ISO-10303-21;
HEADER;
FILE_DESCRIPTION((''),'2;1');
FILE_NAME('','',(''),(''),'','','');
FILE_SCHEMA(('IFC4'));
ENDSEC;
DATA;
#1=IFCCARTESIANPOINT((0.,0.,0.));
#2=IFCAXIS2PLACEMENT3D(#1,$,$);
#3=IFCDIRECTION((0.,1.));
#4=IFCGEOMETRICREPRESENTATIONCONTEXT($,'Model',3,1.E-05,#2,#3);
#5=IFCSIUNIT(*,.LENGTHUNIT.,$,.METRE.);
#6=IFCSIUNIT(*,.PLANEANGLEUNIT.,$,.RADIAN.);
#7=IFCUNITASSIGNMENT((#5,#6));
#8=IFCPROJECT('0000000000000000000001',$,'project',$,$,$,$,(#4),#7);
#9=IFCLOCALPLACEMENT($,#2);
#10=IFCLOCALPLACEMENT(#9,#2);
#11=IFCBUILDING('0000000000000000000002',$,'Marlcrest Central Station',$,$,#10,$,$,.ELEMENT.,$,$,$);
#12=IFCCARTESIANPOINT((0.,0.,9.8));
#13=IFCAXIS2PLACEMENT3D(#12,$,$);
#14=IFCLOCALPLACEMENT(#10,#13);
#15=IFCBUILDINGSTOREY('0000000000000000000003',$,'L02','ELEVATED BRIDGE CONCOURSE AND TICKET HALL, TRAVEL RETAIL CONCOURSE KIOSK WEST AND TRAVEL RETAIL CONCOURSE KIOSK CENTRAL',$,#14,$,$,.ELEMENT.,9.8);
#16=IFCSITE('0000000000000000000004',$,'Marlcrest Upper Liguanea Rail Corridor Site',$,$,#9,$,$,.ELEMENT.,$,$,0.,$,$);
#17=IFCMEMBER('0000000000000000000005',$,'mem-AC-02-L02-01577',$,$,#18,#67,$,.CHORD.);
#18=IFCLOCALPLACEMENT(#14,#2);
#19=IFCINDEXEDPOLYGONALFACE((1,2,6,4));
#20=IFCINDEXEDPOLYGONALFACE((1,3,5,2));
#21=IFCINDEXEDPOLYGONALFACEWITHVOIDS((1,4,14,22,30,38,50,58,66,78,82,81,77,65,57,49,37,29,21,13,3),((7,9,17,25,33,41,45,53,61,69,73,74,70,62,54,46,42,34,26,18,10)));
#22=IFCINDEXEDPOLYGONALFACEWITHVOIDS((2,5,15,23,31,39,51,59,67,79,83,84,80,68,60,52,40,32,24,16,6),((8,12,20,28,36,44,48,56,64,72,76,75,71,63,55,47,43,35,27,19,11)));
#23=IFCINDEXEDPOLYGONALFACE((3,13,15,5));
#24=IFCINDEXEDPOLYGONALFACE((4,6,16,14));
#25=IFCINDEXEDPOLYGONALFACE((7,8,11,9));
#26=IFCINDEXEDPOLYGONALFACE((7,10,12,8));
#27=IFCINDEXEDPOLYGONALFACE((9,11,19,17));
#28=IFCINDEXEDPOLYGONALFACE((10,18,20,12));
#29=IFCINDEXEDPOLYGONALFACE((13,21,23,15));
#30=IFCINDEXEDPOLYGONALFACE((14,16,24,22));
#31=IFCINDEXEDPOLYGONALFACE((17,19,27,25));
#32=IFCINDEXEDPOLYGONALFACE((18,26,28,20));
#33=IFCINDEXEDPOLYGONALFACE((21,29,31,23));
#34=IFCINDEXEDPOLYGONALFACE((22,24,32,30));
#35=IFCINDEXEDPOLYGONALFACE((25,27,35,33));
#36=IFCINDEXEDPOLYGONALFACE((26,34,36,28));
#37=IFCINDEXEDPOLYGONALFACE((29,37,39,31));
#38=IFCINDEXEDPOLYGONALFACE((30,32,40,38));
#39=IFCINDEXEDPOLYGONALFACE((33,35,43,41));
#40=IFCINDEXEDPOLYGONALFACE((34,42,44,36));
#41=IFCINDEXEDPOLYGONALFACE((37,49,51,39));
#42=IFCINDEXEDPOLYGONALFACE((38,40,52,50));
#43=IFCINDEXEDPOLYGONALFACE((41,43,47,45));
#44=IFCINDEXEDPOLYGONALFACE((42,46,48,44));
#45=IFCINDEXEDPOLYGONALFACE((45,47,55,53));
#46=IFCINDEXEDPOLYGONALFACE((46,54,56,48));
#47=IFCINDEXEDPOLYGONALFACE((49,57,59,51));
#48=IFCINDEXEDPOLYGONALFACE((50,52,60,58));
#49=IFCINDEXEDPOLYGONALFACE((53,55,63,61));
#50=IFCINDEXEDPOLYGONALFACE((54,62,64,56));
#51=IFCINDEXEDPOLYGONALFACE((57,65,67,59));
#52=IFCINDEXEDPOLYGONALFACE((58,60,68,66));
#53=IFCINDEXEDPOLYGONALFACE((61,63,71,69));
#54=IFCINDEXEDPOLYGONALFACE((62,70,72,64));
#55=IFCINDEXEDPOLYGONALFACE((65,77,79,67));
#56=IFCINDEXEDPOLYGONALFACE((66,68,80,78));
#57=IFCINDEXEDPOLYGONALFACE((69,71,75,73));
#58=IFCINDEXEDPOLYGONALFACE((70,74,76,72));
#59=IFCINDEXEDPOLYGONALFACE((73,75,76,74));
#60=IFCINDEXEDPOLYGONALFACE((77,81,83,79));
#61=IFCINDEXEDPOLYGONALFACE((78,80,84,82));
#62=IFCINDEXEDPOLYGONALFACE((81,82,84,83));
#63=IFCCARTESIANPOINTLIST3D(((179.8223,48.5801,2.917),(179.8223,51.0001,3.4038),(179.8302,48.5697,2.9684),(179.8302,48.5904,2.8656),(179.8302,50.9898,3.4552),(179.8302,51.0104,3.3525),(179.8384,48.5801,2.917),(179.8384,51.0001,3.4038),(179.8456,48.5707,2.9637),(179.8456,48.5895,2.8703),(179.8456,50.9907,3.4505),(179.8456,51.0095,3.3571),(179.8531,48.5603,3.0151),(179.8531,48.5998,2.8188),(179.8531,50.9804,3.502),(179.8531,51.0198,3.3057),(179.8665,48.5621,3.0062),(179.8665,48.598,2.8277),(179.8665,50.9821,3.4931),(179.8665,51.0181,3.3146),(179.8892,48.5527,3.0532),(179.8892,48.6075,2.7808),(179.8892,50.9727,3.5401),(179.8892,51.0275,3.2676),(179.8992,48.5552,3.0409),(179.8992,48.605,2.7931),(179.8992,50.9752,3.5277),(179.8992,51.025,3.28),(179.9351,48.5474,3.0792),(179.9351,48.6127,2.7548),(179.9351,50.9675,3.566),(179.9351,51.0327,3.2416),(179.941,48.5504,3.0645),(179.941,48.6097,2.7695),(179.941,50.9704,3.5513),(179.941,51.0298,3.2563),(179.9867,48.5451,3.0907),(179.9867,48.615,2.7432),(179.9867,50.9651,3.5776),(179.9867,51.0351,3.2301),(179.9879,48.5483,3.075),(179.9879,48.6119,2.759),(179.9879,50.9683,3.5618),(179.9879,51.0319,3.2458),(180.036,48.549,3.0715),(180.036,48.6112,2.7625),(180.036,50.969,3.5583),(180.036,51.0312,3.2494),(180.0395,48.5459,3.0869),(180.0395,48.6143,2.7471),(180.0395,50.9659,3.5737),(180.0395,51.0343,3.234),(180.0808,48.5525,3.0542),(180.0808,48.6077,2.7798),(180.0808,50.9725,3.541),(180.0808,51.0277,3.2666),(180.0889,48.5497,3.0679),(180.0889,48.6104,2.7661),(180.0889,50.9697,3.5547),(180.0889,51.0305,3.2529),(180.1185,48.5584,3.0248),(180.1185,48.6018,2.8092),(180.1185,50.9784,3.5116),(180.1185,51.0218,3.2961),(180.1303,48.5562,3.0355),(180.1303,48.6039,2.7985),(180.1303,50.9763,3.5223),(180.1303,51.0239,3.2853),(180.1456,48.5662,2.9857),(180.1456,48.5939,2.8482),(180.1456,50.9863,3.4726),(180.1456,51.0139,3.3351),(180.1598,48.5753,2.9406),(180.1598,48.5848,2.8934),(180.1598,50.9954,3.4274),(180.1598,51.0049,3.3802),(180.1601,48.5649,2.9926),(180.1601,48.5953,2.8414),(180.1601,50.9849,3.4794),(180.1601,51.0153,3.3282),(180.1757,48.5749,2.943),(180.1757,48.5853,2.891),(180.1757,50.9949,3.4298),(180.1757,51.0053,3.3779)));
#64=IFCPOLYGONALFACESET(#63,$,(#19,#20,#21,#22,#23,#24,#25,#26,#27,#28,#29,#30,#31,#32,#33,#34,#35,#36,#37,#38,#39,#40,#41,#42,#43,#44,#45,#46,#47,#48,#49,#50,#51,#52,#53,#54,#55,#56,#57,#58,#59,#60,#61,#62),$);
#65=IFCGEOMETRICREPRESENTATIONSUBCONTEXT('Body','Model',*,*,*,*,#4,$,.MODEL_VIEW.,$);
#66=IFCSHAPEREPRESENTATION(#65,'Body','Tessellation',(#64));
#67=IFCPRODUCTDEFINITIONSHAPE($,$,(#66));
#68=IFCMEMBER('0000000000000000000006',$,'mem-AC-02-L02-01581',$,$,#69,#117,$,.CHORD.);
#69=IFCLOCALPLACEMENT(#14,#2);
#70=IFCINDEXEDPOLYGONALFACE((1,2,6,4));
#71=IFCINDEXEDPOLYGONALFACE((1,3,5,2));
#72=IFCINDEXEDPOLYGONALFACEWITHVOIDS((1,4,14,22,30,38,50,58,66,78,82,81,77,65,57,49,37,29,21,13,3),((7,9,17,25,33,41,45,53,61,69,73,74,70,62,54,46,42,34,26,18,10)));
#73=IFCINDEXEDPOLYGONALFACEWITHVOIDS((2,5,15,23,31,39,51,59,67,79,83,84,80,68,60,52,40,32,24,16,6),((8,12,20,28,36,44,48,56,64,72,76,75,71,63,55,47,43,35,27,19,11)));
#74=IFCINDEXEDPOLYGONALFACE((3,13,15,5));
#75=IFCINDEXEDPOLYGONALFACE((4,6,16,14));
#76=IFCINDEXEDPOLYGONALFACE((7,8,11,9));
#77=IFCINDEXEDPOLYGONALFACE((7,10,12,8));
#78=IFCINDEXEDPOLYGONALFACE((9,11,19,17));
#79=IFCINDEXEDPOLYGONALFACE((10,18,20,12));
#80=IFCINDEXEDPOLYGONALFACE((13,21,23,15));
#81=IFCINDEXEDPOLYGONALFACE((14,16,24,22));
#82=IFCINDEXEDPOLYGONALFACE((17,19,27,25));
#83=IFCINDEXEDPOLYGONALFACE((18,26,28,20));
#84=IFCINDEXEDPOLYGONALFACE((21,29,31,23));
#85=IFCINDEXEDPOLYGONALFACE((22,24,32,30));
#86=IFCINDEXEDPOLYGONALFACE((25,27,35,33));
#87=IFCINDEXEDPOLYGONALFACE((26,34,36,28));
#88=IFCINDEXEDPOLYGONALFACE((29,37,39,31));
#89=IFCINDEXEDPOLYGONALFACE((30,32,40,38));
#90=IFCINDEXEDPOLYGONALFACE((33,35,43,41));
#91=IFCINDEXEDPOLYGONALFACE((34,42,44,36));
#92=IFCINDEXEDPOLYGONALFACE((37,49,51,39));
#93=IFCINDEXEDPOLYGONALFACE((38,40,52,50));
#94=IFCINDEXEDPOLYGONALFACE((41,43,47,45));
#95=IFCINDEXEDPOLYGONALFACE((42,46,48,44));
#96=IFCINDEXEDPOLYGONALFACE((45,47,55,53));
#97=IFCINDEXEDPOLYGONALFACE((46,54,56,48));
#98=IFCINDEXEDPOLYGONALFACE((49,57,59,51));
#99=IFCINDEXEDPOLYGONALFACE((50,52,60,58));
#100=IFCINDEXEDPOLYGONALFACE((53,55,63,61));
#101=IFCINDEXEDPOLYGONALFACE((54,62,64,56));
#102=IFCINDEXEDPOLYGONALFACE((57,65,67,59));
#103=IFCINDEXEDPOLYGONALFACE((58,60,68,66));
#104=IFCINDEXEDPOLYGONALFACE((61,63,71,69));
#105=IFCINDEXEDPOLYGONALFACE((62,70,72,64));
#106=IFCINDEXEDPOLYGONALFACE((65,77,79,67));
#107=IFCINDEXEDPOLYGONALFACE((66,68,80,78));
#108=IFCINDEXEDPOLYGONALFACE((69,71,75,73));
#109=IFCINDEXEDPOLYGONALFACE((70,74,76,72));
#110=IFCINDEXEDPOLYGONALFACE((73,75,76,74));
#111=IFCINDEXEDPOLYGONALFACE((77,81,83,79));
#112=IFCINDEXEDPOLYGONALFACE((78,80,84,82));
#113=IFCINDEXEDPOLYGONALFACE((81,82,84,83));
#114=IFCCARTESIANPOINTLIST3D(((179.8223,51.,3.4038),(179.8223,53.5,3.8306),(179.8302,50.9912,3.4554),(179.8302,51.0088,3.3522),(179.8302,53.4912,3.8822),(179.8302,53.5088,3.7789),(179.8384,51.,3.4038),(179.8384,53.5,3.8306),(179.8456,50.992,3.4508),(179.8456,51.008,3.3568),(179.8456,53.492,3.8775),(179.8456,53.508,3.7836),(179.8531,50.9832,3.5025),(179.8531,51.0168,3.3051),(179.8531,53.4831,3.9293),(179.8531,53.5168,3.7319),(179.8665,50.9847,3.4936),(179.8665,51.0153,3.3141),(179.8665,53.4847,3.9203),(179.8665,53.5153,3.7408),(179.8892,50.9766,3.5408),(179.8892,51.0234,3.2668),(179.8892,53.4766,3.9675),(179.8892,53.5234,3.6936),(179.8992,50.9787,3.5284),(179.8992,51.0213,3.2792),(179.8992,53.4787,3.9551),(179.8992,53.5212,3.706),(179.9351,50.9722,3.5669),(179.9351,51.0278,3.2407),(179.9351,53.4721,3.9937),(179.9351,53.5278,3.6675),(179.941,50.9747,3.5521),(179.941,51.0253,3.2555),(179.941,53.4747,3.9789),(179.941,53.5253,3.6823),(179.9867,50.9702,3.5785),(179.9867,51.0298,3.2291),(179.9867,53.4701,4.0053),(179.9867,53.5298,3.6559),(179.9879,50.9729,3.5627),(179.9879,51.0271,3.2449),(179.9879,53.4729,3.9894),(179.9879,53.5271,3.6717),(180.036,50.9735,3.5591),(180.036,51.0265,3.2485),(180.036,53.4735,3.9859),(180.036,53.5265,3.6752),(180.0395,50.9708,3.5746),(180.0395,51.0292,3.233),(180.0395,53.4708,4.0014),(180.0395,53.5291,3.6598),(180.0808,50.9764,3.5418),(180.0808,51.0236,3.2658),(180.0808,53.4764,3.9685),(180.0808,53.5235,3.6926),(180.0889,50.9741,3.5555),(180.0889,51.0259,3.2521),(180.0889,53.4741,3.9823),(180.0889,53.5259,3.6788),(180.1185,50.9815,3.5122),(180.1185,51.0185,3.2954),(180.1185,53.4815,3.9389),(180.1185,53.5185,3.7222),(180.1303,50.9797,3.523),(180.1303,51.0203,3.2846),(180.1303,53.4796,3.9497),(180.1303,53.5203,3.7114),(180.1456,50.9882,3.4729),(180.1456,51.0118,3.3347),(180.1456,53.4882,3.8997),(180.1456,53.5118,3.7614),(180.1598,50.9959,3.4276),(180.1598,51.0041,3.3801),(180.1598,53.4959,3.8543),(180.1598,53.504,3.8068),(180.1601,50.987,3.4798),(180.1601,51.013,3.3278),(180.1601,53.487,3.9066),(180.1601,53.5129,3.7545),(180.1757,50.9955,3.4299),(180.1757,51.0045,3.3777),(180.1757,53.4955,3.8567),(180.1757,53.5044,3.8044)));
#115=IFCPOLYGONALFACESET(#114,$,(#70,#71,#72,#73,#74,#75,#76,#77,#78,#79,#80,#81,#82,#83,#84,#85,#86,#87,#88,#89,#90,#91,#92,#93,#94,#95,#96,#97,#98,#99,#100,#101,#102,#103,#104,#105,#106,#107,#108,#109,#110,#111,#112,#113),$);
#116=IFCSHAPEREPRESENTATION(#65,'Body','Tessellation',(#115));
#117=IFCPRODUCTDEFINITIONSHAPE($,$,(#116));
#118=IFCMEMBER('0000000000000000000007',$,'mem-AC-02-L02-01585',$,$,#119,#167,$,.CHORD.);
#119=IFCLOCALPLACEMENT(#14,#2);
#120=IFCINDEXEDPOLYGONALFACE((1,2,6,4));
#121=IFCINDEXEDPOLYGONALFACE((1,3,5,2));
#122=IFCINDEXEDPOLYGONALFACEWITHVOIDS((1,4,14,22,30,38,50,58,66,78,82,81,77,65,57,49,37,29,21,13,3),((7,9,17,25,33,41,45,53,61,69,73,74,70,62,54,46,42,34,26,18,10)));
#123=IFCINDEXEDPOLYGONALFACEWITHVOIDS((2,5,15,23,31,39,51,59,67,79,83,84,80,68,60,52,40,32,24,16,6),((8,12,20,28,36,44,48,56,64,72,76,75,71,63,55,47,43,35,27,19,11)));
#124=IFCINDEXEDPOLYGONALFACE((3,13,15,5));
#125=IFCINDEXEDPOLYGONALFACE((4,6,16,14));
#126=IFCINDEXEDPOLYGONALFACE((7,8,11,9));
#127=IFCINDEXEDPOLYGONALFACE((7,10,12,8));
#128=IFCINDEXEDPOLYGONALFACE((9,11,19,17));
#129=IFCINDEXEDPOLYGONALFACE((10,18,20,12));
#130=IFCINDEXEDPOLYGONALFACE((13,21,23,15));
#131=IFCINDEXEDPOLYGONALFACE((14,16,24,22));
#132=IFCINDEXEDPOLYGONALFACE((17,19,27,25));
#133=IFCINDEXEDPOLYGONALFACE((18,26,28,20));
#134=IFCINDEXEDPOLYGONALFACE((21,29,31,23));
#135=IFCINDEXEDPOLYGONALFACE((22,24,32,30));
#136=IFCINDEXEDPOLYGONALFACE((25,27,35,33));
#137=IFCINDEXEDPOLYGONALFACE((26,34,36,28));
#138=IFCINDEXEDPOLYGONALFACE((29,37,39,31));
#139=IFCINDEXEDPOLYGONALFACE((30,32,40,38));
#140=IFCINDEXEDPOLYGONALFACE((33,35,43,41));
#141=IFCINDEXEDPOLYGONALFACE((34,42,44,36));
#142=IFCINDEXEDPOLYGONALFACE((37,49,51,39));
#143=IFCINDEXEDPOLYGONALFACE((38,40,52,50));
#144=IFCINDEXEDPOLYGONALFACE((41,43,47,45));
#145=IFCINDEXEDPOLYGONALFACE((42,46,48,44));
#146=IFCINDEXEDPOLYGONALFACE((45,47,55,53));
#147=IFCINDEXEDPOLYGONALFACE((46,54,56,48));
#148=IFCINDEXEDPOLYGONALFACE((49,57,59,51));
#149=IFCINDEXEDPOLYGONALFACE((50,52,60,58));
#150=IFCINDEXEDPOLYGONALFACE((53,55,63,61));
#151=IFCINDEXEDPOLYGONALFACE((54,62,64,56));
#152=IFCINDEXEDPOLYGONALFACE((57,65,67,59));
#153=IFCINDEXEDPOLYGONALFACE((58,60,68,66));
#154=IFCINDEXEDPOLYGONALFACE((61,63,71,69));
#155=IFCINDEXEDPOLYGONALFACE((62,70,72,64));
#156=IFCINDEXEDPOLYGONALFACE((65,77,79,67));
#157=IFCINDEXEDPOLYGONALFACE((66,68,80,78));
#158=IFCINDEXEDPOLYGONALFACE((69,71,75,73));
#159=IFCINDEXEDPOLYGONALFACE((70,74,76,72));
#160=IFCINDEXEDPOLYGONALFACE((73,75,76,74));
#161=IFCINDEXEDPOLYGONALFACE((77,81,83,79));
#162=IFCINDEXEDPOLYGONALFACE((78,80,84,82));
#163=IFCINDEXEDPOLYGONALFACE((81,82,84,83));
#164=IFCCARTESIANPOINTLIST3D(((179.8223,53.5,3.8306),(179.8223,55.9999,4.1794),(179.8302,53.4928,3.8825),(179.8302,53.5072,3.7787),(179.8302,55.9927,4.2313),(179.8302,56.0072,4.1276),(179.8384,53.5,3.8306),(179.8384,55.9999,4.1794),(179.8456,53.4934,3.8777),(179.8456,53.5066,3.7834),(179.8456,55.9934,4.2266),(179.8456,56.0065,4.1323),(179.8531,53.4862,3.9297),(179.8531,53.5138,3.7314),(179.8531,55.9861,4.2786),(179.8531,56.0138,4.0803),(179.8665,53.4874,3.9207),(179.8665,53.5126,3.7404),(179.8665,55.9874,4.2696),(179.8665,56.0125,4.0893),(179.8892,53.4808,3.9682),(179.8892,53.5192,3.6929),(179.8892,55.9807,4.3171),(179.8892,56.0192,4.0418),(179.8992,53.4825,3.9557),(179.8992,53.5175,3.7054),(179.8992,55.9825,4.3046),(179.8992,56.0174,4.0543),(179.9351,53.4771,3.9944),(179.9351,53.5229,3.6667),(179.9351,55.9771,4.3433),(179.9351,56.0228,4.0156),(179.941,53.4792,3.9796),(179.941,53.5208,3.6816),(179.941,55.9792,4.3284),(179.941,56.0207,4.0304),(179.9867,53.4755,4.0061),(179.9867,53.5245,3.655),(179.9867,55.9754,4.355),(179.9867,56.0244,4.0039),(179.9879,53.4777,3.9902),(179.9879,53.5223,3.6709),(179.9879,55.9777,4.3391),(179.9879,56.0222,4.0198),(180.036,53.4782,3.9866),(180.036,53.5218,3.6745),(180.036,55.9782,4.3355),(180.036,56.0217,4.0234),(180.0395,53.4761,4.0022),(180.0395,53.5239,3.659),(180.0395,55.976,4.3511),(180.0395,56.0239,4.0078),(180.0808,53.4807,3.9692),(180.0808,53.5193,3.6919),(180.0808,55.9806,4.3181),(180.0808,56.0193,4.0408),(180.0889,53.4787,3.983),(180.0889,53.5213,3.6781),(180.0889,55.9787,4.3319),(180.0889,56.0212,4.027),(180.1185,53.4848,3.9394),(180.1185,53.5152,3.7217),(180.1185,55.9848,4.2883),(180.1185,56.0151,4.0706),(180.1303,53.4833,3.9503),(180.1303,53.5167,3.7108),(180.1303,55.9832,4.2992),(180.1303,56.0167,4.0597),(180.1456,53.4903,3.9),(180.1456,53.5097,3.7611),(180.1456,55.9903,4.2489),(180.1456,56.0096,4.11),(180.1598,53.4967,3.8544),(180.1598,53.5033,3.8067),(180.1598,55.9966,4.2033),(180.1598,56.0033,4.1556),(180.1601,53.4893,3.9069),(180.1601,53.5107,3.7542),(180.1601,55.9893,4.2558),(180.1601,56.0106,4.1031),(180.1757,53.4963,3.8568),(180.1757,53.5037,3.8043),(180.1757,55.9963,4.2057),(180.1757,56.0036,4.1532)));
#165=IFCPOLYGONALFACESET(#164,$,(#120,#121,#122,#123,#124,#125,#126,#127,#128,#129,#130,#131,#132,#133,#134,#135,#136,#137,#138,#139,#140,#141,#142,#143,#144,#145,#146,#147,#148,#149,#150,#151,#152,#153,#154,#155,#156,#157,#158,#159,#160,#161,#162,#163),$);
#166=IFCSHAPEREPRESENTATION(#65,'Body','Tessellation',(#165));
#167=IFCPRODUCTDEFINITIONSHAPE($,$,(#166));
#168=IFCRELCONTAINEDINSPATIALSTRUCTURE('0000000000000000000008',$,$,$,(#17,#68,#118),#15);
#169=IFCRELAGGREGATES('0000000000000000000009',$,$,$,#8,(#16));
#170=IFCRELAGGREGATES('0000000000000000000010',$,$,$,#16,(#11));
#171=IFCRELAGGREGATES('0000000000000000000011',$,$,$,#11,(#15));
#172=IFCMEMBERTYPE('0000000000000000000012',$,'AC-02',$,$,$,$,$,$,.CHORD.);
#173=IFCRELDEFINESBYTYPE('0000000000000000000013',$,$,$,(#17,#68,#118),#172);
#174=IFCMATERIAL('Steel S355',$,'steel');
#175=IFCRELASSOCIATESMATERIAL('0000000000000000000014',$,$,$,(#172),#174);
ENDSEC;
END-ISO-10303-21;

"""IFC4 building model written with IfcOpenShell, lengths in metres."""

from ifc_helpers import new_model, si_unit, direction, frame, origin, origin_2d, place, context, subcontext, project, spatial, hollow_circle, extrude, material, material_profile, profile_set, type_object, element, save


model = new_model("IFC4")

# Units and contexts
model_context = context("Model", 3, precision=1e-05, world=origin(), true_north=direction((0.0, 1.0)))
body_context = subcontext(model_context, "Body", "Model", "MODEL_VIEW")
ifc_project = project(units=[si_unit("LENGTHUNIT", "METRE"), si_unit("PLANEANGLEUNIT", "RADIAN")], contexts=[model_context])

# Site, building, storey
site_placement = place(None, origin())
site = spatial("IfcSite", under=ifc_project, at=site_placement, Name="Marlcrest Upper Liguanea Rail Corridor Site", CompositionType="ELEMENT", RefElevation=0.0)
building_placement = place(site_placement, origin())
building = spatial("IfcBuilding", under=site, at=building_placement, Name="Marlcrest Central Station", CompositionType="ELEMENT")
storey_placement = place(building_placement, frame((0.0, 0.0, 9.8)))
storey = spatial("IfcBuildingStorey", under=building, at=storey_placement, Name="L02", Description="ELEVATED BRIDGE CONCOURSE AND TICKET HALL, TRAVEL RETAIL CONCOURSE KIOSK WEST AND TRAVEL RETAIL CONCOURSE KIOSK CENTRAL", CompositionType="ELEMENT", Elevation=9.8)

# Members
ifc_material = material(Name="Steel S355", Category="steel")
ifc_material_profile_1 = material_profile(ifc_material, hollow_circle(Radius=0.1777, WallThickness=0.0161, at=origin_2d()), Name="CHS 355.6x16")
ifc_profile_set_1 = profile_set([ifc_material_profile_1], Name="Steel S355")
member_type_1 = type_object("IfcMemberType", Name="AC-02", PredefinedType="CHORD", material=ifc_profile_set_1)
member_1_placement = place(storey_placement, frame((180.0, 48.5801, 2.917), z_axis=(0.0, 0.980359, 0.197219), x_axis=(-1.0, 0.0, 0.0)))
element("IfcMember", 1, at=member_1_placement, inside=storey, type_object=member_type_1, Name="mem-AC-02-L02-01577", PredefinedType="CHORD", context=body_context, shape_type="SweptSolid", body=[
    extrude(hollow_circle(Radius=0.1777, WallThickness=0.0161, at=origin_2d()), origin(), (0.0, 0.0, 1.0), 2.4685),
])
member_2_placement = place(storey_placement, frame((180.0, 51.0, 3.4038), z_axis=(0.0, 0.985741, 0.168269), x_axis=(-1.0, 0.0, 0.0)))
element("IfcMember", 2, at=member_2_placement, inside=storey, type_object=member_type_1, Name="mem-AC-02-L02-01581", PredefinedType="CHORD", context=body_context, shape_type="SweptSolid", body=[
    extrude(hollow_circle(Radius=0.1777, WallThickness=0.0161, at=origin_2d()), origin(), (0.0, 0.0, 1.0), 2.5361),
])
member_3_placement = place(storey_placement, frame((180.0, 53.5, 3.8306), z_axis=(0.0, 0.990403, 0.138211), x_axis=(-1.0, 0.0, 0.0)))
element("IfcMember", 3, at=member_3_placement, inside=storey, type_object=member_type_1, Name="mem-AC-02-L02-01585", PredefinedType="CHORD", context=body_context, shape_type="SweptSolid", body=[
    extrude(hollow_circle(Radius=0.1777, WallThickness=0.0161, at=origin_2d()), origin(), (0.0, 0.0, 1.0), 2.5242),
])

save(model, "model.ifc")
